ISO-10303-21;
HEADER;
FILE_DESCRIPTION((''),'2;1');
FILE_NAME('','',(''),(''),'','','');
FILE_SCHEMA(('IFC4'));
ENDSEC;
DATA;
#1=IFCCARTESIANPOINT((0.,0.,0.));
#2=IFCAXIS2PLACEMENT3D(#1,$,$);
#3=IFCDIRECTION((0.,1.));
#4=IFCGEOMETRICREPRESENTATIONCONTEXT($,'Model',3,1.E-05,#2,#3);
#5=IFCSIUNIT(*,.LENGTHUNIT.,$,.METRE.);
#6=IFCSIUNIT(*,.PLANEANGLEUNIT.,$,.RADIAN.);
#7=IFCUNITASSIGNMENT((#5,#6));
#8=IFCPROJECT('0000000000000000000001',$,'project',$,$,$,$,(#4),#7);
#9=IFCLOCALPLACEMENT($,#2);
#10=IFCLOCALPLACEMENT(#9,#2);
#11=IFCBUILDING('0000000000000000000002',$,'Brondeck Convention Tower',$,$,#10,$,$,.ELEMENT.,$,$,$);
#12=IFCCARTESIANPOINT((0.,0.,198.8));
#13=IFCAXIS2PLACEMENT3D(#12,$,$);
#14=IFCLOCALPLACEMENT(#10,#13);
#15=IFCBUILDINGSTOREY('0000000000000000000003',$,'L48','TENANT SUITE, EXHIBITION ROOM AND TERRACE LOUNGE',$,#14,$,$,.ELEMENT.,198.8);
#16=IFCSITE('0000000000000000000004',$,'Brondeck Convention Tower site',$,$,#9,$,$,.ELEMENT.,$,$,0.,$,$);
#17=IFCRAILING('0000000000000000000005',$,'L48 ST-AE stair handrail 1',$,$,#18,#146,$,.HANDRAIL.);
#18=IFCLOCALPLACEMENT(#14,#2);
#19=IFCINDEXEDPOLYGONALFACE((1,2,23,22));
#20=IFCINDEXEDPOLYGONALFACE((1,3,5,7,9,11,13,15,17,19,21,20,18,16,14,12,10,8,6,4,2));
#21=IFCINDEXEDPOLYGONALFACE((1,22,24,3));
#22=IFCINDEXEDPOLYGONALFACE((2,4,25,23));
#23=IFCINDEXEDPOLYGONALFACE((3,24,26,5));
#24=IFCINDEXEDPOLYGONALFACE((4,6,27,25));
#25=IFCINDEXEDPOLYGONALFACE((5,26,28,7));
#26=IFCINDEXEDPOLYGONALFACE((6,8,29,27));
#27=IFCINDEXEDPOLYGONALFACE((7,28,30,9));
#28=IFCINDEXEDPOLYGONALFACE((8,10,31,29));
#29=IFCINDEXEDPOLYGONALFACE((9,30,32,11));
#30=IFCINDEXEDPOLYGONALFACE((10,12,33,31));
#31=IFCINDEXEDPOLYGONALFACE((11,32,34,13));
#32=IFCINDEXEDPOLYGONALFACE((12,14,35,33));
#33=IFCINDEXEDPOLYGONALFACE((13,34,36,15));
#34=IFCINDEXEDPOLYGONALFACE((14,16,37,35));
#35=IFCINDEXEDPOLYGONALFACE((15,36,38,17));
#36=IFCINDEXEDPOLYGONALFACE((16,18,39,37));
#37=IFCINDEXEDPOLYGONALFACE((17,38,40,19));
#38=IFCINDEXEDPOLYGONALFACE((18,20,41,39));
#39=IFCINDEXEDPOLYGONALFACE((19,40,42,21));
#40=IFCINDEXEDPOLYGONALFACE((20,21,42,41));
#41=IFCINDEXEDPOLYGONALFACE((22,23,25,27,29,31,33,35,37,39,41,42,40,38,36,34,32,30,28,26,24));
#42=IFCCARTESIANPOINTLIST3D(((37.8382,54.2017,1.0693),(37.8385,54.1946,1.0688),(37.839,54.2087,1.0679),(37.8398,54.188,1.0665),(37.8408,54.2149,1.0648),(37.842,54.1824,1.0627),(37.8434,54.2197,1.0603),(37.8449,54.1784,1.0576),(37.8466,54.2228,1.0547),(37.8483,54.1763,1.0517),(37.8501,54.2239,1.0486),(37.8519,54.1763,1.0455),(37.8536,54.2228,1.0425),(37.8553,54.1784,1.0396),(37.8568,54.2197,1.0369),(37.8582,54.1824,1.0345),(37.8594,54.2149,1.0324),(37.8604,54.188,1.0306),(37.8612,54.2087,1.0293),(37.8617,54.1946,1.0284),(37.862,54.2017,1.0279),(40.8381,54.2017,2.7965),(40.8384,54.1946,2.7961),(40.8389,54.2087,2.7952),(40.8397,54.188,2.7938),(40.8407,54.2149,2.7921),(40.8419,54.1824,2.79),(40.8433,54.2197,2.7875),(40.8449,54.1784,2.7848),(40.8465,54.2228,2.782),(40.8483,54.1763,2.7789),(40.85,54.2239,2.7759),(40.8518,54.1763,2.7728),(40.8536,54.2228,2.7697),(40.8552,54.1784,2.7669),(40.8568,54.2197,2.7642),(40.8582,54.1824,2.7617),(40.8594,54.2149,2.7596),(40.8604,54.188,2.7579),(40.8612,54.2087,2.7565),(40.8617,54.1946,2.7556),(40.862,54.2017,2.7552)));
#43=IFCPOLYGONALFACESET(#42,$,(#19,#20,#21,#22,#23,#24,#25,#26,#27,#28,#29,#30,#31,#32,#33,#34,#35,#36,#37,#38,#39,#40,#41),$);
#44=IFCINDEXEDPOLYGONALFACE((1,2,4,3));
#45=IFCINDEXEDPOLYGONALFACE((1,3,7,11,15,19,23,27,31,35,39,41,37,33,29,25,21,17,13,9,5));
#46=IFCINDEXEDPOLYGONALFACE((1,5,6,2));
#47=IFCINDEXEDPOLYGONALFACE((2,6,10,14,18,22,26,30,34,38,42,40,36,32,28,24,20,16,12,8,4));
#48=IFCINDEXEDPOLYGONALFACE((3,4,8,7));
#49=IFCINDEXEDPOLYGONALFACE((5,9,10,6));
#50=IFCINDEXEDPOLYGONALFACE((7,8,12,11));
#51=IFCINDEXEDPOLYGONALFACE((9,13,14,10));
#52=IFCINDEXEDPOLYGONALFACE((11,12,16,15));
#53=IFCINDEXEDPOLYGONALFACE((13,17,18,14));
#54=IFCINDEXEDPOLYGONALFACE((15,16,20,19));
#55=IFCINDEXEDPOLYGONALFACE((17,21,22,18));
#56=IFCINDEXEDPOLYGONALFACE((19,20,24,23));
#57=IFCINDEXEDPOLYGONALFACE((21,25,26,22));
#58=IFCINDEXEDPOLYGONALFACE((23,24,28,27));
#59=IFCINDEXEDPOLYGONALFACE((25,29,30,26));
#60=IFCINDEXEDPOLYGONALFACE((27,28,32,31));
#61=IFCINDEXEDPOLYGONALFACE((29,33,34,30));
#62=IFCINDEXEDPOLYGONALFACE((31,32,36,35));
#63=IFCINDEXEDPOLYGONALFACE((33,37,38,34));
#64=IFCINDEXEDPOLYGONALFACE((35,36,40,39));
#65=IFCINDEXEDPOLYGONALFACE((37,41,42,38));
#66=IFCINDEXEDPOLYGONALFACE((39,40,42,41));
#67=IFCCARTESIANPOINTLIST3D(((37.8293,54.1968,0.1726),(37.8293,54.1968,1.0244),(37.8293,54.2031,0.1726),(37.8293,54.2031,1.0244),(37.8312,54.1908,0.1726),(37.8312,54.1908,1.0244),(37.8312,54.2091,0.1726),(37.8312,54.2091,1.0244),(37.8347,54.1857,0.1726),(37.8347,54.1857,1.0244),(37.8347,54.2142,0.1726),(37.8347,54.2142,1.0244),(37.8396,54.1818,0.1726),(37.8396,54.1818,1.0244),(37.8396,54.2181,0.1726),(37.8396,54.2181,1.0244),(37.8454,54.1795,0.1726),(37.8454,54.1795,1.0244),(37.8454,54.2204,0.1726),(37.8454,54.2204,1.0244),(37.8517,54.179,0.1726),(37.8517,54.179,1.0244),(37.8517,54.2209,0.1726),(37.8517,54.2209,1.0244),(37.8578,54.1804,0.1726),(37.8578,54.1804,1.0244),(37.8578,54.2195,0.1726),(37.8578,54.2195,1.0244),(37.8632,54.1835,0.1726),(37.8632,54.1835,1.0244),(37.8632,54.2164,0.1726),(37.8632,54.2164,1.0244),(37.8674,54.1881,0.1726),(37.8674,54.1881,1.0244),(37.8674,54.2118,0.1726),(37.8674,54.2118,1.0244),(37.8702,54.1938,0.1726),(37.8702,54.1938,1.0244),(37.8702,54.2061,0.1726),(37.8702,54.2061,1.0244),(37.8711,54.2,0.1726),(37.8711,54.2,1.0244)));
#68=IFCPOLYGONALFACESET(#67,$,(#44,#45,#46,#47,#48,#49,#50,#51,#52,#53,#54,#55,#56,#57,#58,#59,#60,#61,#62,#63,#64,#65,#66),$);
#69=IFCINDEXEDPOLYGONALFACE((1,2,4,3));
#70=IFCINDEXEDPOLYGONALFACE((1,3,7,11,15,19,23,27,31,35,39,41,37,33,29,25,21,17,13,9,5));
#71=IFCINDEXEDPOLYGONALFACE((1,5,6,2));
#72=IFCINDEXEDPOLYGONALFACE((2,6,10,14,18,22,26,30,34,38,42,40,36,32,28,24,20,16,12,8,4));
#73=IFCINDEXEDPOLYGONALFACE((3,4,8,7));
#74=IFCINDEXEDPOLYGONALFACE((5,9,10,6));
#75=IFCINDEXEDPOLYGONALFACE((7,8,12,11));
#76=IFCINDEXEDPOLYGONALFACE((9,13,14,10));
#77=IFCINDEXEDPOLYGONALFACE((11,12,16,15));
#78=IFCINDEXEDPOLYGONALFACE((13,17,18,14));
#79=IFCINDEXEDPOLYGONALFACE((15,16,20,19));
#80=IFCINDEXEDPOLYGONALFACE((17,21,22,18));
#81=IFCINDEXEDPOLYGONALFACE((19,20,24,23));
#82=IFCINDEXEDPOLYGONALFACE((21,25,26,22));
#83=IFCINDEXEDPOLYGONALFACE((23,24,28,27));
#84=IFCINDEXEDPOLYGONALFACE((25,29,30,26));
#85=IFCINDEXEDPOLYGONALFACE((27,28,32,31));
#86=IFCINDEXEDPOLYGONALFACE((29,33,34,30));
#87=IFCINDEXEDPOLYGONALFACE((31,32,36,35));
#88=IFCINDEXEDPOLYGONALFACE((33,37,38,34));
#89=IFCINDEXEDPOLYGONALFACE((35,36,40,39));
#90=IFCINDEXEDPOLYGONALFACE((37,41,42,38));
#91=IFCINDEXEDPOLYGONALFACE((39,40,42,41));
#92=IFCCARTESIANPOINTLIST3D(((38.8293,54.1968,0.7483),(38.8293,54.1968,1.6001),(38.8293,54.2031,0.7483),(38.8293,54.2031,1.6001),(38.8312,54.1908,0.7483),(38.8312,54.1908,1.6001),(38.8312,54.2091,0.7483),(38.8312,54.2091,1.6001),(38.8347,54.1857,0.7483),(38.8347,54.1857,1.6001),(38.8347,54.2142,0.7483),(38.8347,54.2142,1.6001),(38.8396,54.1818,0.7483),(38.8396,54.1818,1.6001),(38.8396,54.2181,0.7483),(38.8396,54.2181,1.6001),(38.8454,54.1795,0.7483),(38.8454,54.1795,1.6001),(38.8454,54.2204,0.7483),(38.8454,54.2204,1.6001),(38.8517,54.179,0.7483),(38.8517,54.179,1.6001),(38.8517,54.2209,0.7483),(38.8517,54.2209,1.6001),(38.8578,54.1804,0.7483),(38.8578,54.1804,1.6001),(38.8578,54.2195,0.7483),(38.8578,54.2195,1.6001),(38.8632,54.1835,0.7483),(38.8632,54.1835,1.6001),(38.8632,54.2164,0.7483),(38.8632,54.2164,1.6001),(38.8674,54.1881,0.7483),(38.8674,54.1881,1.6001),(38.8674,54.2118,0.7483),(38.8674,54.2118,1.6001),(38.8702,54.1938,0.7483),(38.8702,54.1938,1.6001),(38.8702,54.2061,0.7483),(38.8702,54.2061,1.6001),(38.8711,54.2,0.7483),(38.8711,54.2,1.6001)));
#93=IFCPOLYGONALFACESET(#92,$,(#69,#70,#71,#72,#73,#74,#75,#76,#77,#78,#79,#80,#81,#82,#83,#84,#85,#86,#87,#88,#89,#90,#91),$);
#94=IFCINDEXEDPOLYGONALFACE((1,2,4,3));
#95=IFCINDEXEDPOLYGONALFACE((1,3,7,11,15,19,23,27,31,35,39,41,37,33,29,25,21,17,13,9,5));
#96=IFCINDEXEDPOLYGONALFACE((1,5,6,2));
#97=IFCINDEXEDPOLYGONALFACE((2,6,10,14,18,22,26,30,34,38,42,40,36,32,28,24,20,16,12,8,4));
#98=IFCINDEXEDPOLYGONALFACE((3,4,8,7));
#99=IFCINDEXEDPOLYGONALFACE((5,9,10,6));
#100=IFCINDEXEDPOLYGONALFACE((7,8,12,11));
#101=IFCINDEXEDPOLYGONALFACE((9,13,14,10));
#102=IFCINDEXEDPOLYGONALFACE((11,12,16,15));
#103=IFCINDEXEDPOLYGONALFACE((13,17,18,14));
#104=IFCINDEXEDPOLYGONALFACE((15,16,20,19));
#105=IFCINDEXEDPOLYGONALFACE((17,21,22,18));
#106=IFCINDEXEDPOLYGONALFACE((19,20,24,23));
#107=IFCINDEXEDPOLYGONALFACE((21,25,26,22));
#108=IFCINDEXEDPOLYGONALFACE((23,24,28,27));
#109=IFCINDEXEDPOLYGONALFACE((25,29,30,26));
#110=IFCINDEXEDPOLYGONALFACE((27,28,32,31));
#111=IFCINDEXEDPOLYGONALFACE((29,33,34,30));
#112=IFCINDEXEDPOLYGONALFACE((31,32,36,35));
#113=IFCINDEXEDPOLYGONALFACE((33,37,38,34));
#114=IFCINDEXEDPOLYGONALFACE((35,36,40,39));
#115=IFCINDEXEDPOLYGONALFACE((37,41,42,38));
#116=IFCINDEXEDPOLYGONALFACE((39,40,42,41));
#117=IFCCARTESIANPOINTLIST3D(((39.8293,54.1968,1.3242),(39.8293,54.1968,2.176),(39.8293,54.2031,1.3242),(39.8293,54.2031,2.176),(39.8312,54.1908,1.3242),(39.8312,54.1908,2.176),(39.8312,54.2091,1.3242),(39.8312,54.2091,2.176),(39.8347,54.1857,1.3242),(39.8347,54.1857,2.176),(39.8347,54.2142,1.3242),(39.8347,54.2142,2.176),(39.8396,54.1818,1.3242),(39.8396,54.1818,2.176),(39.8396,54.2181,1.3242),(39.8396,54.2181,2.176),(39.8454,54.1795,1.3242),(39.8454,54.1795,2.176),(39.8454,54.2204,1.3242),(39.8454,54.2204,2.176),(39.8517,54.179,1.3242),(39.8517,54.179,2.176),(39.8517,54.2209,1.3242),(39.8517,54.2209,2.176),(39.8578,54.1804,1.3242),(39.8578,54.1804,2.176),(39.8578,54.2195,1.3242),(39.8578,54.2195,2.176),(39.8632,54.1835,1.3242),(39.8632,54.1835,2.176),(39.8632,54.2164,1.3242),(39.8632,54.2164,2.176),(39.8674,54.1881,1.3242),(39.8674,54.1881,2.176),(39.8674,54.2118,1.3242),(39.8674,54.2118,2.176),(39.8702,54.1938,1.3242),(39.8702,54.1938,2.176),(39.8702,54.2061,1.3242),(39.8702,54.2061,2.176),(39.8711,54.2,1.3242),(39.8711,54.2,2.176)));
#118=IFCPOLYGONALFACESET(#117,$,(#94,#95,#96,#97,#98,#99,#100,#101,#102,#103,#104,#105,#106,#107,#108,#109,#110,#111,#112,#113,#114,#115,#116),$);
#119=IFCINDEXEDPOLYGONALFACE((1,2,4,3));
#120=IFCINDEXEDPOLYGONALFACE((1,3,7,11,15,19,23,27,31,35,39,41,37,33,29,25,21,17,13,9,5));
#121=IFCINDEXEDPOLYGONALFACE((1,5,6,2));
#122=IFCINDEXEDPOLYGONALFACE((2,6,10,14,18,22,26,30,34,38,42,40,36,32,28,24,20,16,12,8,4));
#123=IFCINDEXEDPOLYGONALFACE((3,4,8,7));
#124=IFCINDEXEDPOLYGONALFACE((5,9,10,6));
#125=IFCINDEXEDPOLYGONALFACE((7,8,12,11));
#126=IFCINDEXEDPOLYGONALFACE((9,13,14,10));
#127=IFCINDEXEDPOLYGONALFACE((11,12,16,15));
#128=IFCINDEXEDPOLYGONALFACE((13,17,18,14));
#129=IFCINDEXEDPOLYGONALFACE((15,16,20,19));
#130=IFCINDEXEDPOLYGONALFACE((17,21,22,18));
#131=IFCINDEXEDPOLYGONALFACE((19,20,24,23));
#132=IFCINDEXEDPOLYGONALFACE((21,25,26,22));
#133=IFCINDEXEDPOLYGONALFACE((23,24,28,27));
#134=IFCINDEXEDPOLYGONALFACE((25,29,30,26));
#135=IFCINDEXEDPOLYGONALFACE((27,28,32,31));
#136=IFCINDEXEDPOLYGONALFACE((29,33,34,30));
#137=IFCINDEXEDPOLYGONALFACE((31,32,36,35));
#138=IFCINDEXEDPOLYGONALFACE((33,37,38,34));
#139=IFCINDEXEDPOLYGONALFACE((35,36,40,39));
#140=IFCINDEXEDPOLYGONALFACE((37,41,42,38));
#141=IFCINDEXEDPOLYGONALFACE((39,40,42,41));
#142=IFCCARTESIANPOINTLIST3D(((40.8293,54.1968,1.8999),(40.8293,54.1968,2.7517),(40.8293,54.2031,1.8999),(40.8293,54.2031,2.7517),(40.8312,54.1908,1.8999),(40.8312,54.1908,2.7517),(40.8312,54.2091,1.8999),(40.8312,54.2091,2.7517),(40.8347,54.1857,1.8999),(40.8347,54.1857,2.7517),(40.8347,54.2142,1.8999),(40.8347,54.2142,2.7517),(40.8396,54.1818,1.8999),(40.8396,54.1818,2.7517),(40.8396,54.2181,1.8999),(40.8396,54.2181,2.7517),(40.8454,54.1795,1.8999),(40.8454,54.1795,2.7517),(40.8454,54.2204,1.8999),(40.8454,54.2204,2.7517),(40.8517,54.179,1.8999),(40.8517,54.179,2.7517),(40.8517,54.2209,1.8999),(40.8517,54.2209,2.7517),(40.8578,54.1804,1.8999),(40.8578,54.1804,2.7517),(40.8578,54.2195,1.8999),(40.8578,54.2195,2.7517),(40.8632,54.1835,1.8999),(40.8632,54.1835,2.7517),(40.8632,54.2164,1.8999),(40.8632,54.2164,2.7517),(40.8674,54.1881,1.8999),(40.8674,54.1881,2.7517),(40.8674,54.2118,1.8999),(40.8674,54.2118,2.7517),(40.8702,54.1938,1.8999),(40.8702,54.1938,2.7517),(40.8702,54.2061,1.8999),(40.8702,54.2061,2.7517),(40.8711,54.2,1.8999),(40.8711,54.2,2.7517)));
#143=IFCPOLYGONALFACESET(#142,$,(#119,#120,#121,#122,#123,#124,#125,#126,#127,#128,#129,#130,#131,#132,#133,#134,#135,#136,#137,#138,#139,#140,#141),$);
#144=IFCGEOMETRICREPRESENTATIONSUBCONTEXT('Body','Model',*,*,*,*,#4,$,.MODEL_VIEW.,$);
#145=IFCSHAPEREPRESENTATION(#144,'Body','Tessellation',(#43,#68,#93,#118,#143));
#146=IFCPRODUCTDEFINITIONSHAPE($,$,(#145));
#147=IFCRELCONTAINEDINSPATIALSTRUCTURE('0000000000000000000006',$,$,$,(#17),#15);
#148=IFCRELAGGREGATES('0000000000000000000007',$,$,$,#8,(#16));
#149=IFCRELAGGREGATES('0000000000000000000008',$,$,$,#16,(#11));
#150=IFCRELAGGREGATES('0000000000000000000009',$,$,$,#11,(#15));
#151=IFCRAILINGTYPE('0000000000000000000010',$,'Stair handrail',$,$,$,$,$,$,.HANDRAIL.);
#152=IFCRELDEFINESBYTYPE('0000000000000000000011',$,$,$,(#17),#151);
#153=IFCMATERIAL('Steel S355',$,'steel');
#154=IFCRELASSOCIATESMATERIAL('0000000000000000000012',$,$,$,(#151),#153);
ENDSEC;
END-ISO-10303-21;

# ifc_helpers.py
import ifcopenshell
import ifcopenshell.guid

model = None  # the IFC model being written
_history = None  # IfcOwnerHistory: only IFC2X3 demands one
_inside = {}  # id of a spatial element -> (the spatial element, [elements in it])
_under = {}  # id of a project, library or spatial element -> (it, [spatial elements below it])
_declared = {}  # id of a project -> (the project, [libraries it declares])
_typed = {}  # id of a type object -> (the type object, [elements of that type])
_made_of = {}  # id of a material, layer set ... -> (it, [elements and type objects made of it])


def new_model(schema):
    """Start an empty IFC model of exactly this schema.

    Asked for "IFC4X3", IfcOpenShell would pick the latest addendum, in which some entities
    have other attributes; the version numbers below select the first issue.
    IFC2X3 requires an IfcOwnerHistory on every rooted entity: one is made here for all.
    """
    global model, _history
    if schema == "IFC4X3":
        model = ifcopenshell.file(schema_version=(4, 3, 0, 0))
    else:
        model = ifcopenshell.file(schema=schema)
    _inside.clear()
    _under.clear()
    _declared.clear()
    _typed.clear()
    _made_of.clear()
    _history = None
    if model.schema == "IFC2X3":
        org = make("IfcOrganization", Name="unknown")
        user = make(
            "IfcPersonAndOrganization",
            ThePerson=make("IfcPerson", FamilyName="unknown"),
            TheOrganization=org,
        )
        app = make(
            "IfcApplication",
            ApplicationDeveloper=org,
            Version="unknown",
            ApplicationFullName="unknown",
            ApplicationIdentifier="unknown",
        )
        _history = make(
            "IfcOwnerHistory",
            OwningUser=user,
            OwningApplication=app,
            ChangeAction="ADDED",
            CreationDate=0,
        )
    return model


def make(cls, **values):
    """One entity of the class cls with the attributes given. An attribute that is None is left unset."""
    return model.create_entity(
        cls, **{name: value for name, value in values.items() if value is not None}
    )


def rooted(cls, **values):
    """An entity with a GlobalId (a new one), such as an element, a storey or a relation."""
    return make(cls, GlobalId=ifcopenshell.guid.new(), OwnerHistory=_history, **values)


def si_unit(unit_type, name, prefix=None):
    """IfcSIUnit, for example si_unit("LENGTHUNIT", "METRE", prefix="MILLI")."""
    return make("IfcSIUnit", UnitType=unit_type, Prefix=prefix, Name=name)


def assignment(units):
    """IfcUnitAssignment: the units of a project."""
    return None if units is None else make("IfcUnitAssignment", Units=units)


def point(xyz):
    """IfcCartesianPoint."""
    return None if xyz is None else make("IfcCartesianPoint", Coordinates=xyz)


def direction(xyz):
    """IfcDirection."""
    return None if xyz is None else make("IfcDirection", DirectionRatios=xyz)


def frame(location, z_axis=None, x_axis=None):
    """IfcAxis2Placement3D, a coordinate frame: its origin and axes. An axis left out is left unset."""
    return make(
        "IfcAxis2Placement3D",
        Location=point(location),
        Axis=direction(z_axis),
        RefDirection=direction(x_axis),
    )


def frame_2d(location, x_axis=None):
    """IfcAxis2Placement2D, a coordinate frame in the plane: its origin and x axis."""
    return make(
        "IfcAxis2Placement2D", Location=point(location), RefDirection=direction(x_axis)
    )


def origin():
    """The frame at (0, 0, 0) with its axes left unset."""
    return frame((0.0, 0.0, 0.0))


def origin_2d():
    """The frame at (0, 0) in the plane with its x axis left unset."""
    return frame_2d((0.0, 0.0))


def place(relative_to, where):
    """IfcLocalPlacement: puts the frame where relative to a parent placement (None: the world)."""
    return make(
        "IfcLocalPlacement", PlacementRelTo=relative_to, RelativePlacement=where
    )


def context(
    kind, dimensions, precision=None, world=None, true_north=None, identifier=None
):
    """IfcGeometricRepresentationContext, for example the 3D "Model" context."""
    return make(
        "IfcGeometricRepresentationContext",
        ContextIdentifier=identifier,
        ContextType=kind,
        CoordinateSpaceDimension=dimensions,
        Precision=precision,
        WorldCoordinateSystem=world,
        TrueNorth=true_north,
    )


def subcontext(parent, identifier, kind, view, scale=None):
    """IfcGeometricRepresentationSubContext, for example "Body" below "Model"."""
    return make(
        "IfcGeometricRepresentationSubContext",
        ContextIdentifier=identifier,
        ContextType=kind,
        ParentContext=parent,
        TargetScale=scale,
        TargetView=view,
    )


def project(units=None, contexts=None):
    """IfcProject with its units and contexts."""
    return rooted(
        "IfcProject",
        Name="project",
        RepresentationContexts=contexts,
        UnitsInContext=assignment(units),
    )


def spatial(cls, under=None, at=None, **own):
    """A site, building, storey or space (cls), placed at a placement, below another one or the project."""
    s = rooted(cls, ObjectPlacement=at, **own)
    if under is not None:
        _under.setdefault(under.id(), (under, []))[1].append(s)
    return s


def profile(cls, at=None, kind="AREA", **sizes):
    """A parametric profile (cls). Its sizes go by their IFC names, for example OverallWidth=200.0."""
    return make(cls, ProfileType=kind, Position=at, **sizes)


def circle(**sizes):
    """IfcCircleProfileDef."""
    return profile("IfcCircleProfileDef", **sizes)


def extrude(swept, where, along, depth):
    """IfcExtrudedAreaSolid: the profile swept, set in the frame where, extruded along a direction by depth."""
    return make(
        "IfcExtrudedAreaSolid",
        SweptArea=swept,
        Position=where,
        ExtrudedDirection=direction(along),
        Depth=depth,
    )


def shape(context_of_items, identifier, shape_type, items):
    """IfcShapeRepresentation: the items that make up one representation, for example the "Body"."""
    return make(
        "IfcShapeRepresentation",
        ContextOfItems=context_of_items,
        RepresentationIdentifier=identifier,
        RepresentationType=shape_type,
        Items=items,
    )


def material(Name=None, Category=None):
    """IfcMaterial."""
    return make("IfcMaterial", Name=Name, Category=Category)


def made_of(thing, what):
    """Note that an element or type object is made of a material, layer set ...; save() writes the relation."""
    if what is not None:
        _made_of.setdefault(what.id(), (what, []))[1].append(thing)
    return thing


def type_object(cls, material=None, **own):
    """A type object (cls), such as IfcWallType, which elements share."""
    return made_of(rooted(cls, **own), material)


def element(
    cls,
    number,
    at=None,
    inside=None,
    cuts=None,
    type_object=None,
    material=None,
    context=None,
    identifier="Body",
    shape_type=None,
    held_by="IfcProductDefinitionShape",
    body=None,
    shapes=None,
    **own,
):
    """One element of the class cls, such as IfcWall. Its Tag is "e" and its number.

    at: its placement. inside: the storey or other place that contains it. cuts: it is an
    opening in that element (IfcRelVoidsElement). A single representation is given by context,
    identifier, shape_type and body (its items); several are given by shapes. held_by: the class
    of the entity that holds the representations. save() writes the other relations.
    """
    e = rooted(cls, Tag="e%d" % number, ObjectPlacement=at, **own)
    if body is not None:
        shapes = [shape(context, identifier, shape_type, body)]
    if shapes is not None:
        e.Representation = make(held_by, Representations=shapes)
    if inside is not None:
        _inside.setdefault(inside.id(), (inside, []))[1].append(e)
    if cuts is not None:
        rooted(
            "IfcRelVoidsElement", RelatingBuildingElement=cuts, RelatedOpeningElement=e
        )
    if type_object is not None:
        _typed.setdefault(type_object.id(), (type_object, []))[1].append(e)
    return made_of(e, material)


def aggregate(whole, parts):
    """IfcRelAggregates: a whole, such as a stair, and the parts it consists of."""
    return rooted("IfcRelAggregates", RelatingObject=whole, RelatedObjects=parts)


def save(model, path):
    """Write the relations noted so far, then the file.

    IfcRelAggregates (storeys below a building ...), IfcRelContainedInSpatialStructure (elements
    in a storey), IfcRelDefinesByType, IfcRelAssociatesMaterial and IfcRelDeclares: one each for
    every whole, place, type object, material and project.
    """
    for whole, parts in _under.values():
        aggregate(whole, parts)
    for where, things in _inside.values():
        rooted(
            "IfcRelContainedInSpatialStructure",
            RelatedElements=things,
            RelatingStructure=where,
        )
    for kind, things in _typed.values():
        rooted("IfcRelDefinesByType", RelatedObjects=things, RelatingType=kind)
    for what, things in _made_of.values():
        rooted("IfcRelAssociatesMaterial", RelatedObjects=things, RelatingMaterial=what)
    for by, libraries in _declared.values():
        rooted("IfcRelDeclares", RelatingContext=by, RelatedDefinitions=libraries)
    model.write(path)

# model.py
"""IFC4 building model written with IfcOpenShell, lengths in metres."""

from ifc_helpers import new_model, si_unit, direction, frame, origin, origin_2d, place, context, subcontext, project, spatial, circle, extrude, material, type_object, element, save


model = new_model("IFC4")

# Units and contexts
model_context = context("Model", 3, precision=1e-05, world=origin(), true_north=direction((0.0, 1.0)))
body_context = subcontext(model_context, "Body", "Model", "MODEL_VIEW")
ifc_project = project(units=[si_unit("LENGTHUNIT", "METRE"), si_unit("PLANEANGLEUNIT", "RADIAN")], contexts=[model_context])

# Site, building, storey
site_placement = place(None, origin())
site = spatial("IfcSite", under=ifc_project, at=site_placement, Name="Brondeck Convention Tower site", CompositionType="ELEMENT", RefElevation=0.0)
building_placement = place(site_placement, origin())
building = spatial("IfcBuilding", under=site, at=building_placement, Name="Brondeck Convention Tower", CompositionType="ELEMENT")
storey_placement = place(building_placement, frame((0.0, 0.0, 198.8)))
storey = spatial("IfcBuildingStorey", under=building, at=storey_placement, Name="L48", Description="TENANT SUITE, EXHIBITION ROOM AND TERRACE LOUNGE", CompositionType="ELEMENT", Elevation=198.8)

# Shared definitions
ifc_material_1 = material(Name="Steel S355", Category="steel")

# Railing
railing_type_1 = type_object("IfcRailingType", Name="Stair handrail", PredefinedType="HANDRAIL", material=ifc_material_1)
railing_1_placement = place(storey_placement, frame((37.8501, 54.2, 0.1726)))
element("IfcRailing", 1, at=railing_1_placement, inside=storey, type_object=railing_type_1, Name="L48 ST-AE stair handrail 1", PredefinedType="HANDRAIL", context=body_context, shape_type="SweptSolid", body=[
    extrude(circle(Radius=0.0239, at=origin_2d()), frame((0.0, 0.0, 0.876), z_axis=(0.86662, 0.0, 0.498969), x_axis=(0.0, 1.0, 0.0)), (0.0, 0.0, 1.0), 3.4617),
    extrude(circle(Radius=0.021, at=origin_2d()), origin(), (0.0, 0.0, 1.0), 0.8518),
    extrude(circle(Radius=0.021, at=origin_2d()), frame((1.0, 0.0, 0.5757)), (0.0, 0.0, 1.0), 0.8518),
    extrude(circle(Radius=0.021, at=origin_2d()), frame((2.0, 0.0, 1.1516)), (0.0, 0.0, 1.0), 0.8518),
    extrude(circle(Radius=0.021, at=origin_2d()), frame((3.0, 0.0, 1.7273)), (0.0, 0.0, 1.0), 0.8518),
])

save(model, "model.ifc")
